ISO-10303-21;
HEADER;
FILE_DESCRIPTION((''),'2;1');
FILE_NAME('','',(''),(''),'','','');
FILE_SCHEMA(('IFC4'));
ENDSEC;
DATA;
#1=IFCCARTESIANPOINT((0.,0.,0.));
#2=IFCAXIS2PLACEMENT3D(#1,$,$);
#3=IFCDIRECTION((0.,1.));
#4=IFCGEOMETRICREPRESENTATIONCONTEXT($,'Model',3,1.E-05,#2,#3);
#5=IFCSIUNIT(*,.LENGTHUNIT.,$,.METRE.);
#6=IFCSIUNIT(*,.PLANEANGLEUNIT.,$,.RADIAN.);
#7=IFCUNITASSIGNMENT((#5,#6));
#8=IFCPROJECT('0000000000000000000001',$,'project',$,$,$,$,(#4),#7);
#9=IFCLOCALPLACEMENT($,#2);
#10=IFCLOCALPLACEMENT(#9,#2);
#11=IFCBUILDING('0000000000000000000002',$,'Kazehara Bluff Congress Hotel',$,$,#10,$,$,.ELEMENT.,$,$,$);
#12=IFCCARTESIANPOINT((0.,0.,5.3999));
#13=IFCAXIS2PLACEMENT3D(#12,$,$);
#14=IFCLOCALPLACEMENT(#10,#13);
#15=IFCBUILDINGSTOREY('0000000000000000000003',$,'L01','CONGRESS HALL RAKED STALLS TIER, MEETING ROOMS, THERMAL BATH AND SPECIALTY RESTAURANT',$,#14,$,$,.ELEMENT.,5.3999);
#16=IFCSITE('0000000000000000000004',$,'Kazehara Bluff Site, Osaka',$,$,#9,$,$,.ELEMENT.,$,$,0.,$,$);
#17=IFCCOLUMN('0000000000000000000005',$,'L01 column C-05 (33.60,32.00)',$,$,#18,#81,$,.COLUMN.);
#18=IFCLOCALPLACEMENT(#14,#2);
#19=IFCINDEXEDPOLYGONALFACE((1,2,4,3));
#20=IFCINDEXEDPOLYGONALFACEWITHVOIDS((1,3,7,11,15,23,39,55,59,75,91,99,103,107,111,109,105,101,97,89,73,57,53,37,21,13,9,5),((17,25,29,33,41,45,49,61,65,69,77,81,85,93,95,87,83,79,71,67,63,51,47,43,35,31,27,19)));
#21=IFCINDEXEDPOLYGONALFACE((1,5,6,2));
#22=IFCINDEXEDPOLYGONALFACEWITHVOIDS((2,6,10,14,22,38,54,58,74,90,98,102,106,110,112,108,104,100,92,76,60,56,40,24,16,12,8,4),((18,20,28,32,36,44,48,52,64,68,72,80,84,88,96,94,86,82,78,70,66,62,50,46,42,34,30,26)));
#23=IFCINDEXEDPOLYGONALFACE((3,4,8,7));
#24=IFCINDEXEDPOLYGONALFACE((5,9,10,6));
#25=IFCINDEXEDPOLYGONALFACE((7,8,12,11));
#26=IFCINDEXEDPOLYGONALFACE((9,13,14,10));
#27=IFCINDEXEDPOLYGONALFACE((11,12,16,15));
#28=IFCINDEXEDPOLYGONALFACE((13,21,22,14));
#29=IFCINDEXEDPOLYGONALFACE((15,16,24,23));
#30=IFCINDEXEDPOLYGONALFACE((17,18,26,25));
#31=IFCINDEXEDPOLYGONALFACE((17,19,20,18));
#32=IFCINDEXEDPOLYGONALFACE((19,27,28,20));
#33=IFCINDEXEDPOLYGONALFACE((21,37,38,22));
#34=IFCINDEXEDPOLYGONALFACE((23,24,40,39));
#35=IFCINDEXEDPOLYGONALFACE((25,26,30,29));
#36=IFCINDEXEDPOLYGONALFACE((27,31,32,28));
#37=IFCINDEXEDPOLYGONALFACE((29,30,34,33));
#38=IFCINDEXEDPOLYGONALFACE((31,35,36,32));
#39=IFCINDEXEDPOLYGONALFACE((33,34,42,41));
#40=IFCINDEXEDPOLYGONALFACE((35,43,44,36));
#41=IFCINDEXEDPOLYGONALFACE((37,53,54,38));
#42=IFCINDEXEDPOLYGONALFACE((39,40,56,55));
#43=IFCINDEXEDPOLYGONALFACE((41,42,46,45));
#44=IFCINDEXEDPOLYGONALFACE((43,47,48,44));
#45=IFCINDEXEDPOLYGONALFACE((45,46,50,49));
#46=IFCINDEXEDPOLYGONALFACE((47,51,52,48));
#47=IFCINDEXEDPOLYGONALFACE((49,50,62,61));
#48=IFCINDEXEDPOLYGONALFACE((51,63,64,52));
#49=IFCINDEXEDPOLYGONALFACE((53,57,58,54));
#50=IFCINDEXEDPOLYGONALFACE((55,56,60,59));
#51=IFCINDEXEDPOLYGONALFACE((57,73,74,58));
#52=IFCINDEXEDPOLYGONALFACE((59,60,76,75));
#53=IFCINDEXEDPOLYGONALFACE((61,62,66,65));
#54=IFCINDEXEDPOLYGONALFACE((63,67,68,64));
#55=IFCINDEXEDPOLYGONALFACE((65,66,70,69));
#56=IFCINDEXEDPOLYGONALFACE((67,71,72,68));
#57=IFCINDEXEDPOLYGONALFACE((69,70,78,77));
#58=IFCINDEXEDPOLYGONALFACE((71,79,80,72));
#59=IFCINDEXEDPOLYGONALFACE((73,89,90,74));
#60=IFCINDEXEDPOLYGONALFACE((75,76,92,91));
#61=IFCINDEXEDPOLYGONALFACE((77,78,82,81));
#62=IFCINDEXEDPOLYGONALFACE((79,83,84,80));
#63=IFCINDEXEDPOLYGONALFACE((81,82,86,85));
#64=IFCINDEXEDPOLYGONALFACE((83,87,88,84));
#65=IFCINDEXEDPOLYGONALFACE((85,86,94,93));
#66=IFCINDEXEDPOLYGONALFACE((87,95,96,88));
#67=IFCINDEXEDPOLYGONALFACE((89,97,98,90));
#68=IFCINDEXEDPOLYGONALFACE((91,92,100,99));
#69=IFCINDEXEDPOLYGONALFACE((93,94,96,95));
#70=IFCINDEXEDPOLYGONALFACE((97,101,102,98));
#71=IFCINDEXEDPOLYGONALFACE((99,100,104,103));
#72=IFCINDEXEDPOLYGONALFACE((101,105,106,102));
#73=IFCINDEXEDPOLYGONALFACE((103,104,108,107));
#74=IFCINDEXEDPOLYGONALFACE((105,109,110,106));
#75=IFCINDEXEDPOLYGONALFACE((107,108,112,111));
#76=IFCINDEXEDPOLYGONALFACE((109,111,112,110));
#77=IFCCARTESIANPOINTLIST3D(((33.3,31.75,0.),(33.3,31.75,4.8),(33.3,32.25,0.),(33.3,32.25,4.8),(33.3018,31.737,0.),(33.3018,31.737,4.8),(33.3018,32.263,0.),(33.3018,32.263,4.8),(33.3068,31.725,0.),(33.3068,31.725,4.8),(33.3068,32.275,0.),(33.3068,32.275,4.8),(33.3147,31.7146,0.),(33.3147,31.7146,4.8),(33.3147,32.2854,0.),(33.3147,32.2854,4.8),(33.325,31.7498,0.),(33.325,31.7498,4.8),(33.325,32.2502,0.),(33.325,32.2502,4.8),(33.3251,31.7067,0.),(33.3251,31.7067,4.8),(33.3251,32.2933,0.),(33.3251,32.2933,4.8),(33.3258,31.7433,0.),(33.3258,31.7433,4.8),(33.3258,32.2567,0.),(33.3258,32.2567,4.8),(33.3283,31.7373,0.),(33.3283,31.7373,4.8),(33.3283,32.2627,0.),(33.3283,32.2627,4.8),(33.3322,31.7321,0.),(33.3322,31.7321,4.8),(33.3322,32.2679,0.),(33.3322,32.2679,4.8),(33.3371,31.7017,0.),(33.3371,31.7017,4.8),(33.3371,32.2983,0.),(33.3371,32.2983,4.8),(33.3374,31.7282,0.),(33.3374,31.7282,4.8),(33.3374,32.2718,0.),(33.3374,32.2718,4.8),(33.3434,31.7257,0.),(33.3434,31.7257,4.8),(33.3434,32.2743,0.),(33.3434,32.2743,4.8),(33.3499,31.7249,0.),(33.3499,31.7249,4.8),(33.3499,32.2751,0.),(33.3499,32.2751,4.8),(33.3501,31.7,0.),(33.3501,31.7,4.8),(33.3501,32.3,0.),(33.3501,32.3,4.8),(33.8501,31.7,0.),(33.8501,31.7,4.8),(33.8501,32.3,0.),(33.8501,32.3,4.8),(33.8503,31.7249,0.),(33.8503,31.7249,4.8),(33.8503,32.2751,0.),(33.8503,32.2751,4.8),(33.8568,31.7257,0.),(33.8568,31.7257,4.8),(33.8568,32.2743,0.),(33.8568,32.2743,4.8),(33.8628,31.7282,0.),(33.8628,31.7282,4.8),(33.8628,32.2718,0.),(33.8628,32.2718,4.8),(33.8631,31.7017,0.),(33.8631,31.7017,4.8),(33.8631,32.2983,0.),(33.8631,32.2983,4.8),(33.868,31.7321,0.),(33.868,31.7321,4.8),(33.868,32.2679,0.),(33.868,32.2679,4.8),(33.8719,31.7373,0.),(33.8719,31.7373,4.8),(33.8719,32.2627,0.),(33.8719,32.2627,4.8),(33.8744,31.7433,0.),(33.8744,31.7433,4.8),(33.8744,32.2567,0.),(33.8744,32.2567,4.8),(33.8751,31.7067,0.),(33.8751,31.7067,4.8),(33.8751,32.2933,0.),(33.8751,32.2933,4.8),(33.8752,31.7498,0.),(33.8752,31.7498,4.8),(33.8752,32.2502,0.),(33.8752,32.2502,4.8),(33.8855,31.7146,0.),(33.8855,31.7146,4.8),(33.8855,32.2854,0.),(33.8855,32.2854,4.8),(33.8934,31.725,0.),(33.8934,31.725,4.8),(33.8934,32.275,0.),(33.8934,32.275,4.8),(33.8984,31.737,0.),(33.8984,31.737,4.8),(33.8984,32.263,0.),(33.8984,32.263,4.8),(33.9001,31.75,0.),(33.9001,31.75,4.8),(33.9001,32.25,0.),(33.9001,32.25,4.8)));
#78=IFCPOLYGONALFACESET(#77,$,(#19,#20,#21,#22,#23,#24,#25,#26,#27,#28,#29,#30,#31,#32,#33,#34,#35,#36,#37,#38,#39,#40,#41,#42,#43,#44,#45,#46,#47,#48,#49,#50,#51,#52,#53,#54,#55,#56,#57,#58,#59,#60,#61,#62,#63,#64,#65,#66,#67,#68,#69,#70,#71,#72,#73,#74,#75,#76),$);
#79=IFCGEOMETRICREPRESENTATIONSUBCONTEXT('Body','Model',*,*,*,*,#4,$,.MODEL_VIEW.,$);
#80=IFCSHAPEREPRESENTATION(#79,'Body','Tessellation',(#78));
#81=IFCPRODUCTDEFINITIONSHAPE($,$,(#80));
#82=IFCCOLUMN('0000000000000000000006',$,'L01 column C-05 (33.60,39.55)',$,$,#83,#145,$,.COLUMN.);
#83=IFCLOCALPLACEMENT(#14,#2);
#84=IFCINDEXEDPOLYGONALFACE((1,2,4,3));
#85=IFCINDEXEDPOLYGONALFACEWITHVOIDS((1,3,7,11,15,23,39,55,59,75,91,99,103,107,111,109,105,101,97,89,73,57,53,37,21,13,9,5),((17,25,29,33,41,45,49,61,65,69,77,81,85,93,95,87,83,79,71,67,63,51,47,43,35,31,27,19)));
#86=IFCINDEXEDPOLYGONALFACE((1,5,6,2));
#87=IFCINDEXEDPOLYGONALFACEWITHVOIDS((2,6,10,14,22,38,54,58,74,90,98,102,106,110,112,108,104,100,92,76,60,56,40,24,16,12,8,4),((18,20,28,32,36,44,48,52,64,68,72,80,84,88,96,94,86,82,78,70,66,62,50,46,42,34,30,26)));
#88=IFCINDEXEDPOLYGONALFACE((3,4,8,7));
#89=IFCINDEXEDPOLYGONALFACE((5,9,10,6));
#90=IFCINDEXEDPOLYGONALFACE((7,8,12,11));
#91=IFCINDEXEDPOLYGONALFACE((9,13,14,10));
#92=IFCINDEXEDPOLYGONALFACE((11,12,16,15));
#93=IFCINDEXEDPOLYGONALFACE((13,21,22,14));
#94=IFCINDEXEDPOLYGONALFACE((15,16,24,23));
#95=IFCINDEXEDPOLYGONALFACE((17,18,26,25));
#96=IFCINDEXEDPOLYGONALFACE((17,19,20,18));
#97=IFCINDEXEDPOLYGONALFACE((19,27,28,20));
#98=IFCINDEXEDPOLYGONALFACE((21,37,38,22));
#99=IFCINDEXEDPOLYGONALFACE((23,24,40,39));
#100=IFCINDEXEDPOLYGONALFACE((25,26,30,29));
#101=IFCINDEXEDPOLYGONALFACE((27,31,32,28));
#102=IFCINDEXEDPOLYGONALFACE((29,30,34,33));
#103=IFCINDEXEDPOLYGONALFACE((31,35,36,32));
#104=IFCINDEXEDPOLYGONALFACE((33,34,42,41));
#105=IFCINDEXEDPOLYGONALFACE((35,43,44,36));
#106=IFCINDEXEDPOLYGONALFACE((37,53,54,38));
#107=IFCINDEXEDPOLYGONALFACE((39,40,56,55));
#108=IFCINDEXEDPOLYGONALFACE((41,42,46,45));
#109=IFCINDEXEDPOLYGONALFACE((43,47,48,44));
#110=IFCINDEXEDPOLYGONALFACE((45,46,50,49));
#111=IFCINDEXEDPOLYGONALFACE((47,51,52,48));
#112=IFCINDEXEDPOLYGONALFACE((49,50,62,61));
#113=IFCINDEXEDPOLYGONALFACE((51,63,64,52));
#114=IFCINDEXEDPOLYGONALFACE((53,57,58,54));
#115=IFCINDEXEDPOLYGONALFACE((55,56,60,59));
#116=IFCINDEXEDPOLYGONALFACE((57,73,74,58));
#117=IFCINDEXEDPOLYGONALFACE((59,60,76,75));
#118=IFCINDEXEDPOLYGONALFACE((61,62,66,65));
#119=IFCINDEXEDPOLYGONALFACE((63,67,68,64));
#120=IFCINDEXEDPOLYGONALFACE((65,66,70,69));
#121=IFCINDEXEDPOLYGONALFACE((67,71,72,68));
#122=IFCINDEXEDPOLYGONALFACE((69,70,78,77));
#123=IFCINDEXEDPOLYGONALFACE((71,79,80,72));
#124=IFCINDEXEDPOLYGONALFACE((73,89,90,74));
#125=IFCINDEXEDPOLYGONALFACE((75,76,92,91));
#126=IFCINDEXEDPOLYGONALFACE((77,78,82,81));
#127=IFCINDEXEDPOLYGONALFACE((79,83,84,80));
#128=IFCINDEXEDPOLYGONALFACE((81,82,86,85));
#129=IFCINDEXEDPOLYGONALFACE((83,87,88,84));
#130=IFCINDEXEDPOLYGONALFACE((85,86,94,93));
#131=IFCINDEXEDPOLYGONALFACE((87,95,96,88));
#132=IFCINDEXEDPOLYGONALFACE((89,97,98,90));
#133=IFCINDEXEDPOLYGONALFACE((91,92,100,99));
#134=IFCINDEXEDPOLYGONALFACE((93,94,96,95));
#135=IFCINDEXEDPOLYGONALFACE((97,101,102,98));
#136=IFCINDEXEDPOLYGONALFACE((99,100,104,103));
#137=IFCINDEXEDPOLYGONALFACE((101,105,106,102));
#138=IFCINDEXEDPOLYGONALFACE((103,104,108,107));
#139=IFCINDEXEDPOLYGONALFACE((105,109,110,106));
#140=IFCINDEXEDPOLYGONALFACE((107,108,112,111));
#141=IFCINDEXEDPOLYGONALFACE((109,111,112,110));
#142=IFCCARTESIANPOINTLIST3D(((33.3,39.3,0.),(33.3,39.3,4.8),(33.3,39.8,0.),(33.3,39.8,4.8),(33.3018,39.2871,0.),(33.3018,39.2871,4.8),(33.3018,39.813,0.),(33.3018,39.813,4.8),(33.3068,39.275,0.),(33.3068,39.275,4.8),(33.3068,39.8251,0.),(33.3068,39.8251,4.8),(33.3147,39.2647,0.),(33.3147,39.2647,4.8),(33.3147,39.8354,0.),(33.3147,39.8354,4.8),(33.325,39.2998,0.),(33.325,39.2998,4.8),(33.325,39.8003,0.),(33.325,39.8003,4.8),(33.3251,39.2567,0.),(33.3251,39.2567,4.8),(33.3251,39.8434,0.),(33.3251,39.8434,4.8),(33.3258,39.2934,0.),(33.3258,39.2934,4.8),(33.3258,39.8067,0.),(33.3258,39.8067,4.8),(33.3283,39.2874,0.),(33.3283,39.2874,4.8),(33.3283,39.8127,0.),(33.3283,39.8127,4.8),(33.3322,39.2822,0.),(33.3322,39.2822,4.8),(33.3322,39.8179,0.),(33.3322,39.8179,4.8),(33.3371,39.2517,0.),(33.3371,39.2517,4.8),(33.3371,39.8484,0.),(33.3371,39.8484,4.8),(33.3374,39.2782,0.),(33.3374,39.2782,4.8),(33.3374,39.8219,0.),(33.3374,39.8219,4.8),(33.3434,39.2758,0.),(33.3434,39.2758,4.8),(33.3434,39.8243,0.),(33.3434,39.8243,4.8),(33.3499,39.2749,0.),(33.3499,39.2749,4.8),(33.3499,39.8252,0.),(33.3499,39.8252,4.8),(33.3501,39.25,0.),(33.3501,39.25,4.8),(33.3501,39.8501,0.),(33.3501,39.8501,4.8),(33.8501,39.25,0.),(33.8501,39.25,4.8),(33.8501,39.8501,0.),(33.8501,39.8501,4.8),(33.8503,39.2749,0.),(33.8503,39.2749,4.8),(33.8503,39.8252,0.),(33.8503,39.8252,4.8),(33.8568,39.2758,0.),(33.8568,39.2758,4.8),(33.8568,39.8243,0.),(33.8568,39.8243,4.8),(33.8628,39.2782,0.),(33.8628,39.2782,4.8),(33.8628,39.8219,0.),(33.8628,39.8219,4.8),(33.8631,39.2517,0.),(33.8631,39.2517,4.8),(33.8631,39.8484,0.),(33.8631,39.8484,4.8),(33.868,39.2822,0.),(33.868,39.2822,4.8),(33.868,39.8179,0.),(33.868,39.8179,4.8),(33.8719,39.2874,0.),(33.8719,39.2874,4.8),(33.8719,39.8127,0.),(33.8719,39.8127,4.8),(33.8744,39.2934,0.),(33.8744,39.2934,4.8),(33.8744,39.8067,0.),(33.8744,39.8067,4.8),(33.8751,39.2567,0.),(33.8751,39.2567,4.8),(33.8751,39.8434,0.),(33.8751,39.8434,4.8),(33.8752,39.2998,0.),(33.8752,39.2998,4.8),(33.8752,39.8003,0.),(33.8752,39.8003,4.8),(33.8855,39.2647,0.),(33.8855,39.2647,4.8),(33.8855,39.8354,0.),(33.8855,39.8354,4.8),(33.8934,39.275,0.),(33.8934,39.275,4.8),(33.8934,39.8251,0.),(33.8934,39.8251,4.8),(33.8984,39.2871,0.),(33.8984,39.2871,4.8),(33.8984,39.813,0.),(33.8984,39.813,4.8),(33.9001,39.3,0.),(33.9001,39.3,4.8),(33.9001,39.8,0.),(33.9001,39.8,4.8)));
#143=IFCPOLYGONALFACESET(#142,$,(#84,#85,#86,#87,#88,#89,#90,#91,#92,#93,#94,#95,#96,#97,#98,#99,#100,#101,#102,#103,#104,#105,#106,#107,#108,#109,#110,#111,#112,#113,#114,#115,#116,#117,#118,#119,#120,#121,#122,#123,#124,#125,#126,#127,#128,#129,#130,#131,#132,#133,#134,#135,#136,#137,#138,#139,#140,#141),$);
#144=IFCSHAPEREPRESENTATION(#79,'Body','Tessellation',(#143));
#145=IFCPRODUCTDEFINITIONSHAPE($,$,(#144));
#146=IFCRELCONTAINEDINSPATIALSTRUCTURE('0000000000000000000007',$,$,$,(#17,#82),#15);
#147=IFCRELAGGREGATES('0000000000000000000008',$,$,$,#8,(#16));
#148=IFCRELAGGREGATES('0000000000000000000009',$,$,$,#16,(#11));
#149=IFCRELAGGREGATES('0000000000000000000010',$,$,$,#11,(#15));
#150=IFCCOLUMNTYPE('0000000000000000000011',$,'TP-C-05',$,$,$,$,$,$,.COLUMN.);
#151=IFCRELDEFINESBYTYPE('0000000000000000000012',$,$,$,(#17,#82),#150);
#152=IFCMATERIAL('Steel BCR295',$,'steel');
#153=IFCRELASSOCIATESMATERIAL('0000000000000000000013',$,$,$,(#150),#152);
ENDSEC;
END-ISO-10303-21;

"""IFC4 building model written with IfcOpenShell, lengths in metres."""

from ifc_helpers import new_model, si_unit, direction, frame, origin, origin_2d, place, context, subcontext, project, spatial, hollow_rectangle, extrude, material, material_profile, profile_set, type_object, element, save


model = new_model("IFC4")

# Units and contexts
model_context = context("Model", 3, precision=1e-05, world=origin(), true_north=direction((0.0, 1.0)))
body_context = subcontext(model_context, "Body", "Model", "MODEL_VIEW")
ifc_project = project(units=[si_unit("LENGTHUNIT", "METRE"), si_unit("PLANEANGLEUNIT", "RADIAN")], contexts=[model_context])

# Site, building, storey
site_placement = place(None, origin())
site = spatial("IfcSite", under=ifc_project, at=site_placement, Name="Kazehara Bluff Site, Osaka", CompositionType="ELEMENT", RefElevation=0.0)
building_placement = place(site_placement, origin())
building = spatial("IfcBuilding", under=site, at=building_placement, Name="Kazehara Bluff Congress Hotel", CompositionType="ELEMENT")
storey_placement = place(building_placement, frame((0.0, 0.0, 5.3999)))
storey = spatial("IfcBuildingStorey", under=building, at=storey_placement, Name="L01", Description="CONGRESS HALL RAKED STALLS TIER, MEETING ROOMS, THERMAL BATH AND SPECIALTY RESTAURANT", CompositionType="ELEMENT", Elevation=5.3999)

# Columns
ifc_material_1 = material(Name="Steel BCR295", Category="steel")
ifc_material_profile_1 = material_profile(ifc_material_1, hollow_rectangle(XDim=0.6001, YDim=0.6001, WallThickness=0.0249, InnerFilletRadius=0.0249, OuterFilletRadius=0.05, at=origin_2d()))
ifc_profile_set_1 = profile_set([ifc_material_profile_1], Name="Steel BCR295")
column_type = type_object("IfcColumnType", Name="TP-C-05", PredefinedType="COLUMN", material=ifc_profile_set_1)
for number, where, z_axis, x_axis, name in (
    (1, (33.6001, 32.0, 0.0), (0.0, 0.0, 1.0), (1.0, 0.0, 0.0), "L01 column C-05 (33.60,32.00)"),
    (2, (33.6001, 39.55, 0.0), (0.0, 0.0, 1.0), (1.0, 0.0, 0.0), "L01 column C-05 (33.60,39.55)"),
):
    element("IfcColumn", number, at=place(storey_placement, frame(where, z_axis=z_axis, x_axis=x_axis)), inside=storey, type_object=column_type, Name=name, PredefinedType="COLUMN", context=body_context, shape_type="SweptSolid", body=[
        extrude(hollow_rectangle(XDim=0.6001, YDim=0.6001, WallThickness=0.0249, InnerFilletRadius=0.0249, OuterFilletRadius=0.05, at=origin_2d()), origin(), (0.0, 0.0, 1.0), 4.8),
    ])

save(model, "model.ifc")
